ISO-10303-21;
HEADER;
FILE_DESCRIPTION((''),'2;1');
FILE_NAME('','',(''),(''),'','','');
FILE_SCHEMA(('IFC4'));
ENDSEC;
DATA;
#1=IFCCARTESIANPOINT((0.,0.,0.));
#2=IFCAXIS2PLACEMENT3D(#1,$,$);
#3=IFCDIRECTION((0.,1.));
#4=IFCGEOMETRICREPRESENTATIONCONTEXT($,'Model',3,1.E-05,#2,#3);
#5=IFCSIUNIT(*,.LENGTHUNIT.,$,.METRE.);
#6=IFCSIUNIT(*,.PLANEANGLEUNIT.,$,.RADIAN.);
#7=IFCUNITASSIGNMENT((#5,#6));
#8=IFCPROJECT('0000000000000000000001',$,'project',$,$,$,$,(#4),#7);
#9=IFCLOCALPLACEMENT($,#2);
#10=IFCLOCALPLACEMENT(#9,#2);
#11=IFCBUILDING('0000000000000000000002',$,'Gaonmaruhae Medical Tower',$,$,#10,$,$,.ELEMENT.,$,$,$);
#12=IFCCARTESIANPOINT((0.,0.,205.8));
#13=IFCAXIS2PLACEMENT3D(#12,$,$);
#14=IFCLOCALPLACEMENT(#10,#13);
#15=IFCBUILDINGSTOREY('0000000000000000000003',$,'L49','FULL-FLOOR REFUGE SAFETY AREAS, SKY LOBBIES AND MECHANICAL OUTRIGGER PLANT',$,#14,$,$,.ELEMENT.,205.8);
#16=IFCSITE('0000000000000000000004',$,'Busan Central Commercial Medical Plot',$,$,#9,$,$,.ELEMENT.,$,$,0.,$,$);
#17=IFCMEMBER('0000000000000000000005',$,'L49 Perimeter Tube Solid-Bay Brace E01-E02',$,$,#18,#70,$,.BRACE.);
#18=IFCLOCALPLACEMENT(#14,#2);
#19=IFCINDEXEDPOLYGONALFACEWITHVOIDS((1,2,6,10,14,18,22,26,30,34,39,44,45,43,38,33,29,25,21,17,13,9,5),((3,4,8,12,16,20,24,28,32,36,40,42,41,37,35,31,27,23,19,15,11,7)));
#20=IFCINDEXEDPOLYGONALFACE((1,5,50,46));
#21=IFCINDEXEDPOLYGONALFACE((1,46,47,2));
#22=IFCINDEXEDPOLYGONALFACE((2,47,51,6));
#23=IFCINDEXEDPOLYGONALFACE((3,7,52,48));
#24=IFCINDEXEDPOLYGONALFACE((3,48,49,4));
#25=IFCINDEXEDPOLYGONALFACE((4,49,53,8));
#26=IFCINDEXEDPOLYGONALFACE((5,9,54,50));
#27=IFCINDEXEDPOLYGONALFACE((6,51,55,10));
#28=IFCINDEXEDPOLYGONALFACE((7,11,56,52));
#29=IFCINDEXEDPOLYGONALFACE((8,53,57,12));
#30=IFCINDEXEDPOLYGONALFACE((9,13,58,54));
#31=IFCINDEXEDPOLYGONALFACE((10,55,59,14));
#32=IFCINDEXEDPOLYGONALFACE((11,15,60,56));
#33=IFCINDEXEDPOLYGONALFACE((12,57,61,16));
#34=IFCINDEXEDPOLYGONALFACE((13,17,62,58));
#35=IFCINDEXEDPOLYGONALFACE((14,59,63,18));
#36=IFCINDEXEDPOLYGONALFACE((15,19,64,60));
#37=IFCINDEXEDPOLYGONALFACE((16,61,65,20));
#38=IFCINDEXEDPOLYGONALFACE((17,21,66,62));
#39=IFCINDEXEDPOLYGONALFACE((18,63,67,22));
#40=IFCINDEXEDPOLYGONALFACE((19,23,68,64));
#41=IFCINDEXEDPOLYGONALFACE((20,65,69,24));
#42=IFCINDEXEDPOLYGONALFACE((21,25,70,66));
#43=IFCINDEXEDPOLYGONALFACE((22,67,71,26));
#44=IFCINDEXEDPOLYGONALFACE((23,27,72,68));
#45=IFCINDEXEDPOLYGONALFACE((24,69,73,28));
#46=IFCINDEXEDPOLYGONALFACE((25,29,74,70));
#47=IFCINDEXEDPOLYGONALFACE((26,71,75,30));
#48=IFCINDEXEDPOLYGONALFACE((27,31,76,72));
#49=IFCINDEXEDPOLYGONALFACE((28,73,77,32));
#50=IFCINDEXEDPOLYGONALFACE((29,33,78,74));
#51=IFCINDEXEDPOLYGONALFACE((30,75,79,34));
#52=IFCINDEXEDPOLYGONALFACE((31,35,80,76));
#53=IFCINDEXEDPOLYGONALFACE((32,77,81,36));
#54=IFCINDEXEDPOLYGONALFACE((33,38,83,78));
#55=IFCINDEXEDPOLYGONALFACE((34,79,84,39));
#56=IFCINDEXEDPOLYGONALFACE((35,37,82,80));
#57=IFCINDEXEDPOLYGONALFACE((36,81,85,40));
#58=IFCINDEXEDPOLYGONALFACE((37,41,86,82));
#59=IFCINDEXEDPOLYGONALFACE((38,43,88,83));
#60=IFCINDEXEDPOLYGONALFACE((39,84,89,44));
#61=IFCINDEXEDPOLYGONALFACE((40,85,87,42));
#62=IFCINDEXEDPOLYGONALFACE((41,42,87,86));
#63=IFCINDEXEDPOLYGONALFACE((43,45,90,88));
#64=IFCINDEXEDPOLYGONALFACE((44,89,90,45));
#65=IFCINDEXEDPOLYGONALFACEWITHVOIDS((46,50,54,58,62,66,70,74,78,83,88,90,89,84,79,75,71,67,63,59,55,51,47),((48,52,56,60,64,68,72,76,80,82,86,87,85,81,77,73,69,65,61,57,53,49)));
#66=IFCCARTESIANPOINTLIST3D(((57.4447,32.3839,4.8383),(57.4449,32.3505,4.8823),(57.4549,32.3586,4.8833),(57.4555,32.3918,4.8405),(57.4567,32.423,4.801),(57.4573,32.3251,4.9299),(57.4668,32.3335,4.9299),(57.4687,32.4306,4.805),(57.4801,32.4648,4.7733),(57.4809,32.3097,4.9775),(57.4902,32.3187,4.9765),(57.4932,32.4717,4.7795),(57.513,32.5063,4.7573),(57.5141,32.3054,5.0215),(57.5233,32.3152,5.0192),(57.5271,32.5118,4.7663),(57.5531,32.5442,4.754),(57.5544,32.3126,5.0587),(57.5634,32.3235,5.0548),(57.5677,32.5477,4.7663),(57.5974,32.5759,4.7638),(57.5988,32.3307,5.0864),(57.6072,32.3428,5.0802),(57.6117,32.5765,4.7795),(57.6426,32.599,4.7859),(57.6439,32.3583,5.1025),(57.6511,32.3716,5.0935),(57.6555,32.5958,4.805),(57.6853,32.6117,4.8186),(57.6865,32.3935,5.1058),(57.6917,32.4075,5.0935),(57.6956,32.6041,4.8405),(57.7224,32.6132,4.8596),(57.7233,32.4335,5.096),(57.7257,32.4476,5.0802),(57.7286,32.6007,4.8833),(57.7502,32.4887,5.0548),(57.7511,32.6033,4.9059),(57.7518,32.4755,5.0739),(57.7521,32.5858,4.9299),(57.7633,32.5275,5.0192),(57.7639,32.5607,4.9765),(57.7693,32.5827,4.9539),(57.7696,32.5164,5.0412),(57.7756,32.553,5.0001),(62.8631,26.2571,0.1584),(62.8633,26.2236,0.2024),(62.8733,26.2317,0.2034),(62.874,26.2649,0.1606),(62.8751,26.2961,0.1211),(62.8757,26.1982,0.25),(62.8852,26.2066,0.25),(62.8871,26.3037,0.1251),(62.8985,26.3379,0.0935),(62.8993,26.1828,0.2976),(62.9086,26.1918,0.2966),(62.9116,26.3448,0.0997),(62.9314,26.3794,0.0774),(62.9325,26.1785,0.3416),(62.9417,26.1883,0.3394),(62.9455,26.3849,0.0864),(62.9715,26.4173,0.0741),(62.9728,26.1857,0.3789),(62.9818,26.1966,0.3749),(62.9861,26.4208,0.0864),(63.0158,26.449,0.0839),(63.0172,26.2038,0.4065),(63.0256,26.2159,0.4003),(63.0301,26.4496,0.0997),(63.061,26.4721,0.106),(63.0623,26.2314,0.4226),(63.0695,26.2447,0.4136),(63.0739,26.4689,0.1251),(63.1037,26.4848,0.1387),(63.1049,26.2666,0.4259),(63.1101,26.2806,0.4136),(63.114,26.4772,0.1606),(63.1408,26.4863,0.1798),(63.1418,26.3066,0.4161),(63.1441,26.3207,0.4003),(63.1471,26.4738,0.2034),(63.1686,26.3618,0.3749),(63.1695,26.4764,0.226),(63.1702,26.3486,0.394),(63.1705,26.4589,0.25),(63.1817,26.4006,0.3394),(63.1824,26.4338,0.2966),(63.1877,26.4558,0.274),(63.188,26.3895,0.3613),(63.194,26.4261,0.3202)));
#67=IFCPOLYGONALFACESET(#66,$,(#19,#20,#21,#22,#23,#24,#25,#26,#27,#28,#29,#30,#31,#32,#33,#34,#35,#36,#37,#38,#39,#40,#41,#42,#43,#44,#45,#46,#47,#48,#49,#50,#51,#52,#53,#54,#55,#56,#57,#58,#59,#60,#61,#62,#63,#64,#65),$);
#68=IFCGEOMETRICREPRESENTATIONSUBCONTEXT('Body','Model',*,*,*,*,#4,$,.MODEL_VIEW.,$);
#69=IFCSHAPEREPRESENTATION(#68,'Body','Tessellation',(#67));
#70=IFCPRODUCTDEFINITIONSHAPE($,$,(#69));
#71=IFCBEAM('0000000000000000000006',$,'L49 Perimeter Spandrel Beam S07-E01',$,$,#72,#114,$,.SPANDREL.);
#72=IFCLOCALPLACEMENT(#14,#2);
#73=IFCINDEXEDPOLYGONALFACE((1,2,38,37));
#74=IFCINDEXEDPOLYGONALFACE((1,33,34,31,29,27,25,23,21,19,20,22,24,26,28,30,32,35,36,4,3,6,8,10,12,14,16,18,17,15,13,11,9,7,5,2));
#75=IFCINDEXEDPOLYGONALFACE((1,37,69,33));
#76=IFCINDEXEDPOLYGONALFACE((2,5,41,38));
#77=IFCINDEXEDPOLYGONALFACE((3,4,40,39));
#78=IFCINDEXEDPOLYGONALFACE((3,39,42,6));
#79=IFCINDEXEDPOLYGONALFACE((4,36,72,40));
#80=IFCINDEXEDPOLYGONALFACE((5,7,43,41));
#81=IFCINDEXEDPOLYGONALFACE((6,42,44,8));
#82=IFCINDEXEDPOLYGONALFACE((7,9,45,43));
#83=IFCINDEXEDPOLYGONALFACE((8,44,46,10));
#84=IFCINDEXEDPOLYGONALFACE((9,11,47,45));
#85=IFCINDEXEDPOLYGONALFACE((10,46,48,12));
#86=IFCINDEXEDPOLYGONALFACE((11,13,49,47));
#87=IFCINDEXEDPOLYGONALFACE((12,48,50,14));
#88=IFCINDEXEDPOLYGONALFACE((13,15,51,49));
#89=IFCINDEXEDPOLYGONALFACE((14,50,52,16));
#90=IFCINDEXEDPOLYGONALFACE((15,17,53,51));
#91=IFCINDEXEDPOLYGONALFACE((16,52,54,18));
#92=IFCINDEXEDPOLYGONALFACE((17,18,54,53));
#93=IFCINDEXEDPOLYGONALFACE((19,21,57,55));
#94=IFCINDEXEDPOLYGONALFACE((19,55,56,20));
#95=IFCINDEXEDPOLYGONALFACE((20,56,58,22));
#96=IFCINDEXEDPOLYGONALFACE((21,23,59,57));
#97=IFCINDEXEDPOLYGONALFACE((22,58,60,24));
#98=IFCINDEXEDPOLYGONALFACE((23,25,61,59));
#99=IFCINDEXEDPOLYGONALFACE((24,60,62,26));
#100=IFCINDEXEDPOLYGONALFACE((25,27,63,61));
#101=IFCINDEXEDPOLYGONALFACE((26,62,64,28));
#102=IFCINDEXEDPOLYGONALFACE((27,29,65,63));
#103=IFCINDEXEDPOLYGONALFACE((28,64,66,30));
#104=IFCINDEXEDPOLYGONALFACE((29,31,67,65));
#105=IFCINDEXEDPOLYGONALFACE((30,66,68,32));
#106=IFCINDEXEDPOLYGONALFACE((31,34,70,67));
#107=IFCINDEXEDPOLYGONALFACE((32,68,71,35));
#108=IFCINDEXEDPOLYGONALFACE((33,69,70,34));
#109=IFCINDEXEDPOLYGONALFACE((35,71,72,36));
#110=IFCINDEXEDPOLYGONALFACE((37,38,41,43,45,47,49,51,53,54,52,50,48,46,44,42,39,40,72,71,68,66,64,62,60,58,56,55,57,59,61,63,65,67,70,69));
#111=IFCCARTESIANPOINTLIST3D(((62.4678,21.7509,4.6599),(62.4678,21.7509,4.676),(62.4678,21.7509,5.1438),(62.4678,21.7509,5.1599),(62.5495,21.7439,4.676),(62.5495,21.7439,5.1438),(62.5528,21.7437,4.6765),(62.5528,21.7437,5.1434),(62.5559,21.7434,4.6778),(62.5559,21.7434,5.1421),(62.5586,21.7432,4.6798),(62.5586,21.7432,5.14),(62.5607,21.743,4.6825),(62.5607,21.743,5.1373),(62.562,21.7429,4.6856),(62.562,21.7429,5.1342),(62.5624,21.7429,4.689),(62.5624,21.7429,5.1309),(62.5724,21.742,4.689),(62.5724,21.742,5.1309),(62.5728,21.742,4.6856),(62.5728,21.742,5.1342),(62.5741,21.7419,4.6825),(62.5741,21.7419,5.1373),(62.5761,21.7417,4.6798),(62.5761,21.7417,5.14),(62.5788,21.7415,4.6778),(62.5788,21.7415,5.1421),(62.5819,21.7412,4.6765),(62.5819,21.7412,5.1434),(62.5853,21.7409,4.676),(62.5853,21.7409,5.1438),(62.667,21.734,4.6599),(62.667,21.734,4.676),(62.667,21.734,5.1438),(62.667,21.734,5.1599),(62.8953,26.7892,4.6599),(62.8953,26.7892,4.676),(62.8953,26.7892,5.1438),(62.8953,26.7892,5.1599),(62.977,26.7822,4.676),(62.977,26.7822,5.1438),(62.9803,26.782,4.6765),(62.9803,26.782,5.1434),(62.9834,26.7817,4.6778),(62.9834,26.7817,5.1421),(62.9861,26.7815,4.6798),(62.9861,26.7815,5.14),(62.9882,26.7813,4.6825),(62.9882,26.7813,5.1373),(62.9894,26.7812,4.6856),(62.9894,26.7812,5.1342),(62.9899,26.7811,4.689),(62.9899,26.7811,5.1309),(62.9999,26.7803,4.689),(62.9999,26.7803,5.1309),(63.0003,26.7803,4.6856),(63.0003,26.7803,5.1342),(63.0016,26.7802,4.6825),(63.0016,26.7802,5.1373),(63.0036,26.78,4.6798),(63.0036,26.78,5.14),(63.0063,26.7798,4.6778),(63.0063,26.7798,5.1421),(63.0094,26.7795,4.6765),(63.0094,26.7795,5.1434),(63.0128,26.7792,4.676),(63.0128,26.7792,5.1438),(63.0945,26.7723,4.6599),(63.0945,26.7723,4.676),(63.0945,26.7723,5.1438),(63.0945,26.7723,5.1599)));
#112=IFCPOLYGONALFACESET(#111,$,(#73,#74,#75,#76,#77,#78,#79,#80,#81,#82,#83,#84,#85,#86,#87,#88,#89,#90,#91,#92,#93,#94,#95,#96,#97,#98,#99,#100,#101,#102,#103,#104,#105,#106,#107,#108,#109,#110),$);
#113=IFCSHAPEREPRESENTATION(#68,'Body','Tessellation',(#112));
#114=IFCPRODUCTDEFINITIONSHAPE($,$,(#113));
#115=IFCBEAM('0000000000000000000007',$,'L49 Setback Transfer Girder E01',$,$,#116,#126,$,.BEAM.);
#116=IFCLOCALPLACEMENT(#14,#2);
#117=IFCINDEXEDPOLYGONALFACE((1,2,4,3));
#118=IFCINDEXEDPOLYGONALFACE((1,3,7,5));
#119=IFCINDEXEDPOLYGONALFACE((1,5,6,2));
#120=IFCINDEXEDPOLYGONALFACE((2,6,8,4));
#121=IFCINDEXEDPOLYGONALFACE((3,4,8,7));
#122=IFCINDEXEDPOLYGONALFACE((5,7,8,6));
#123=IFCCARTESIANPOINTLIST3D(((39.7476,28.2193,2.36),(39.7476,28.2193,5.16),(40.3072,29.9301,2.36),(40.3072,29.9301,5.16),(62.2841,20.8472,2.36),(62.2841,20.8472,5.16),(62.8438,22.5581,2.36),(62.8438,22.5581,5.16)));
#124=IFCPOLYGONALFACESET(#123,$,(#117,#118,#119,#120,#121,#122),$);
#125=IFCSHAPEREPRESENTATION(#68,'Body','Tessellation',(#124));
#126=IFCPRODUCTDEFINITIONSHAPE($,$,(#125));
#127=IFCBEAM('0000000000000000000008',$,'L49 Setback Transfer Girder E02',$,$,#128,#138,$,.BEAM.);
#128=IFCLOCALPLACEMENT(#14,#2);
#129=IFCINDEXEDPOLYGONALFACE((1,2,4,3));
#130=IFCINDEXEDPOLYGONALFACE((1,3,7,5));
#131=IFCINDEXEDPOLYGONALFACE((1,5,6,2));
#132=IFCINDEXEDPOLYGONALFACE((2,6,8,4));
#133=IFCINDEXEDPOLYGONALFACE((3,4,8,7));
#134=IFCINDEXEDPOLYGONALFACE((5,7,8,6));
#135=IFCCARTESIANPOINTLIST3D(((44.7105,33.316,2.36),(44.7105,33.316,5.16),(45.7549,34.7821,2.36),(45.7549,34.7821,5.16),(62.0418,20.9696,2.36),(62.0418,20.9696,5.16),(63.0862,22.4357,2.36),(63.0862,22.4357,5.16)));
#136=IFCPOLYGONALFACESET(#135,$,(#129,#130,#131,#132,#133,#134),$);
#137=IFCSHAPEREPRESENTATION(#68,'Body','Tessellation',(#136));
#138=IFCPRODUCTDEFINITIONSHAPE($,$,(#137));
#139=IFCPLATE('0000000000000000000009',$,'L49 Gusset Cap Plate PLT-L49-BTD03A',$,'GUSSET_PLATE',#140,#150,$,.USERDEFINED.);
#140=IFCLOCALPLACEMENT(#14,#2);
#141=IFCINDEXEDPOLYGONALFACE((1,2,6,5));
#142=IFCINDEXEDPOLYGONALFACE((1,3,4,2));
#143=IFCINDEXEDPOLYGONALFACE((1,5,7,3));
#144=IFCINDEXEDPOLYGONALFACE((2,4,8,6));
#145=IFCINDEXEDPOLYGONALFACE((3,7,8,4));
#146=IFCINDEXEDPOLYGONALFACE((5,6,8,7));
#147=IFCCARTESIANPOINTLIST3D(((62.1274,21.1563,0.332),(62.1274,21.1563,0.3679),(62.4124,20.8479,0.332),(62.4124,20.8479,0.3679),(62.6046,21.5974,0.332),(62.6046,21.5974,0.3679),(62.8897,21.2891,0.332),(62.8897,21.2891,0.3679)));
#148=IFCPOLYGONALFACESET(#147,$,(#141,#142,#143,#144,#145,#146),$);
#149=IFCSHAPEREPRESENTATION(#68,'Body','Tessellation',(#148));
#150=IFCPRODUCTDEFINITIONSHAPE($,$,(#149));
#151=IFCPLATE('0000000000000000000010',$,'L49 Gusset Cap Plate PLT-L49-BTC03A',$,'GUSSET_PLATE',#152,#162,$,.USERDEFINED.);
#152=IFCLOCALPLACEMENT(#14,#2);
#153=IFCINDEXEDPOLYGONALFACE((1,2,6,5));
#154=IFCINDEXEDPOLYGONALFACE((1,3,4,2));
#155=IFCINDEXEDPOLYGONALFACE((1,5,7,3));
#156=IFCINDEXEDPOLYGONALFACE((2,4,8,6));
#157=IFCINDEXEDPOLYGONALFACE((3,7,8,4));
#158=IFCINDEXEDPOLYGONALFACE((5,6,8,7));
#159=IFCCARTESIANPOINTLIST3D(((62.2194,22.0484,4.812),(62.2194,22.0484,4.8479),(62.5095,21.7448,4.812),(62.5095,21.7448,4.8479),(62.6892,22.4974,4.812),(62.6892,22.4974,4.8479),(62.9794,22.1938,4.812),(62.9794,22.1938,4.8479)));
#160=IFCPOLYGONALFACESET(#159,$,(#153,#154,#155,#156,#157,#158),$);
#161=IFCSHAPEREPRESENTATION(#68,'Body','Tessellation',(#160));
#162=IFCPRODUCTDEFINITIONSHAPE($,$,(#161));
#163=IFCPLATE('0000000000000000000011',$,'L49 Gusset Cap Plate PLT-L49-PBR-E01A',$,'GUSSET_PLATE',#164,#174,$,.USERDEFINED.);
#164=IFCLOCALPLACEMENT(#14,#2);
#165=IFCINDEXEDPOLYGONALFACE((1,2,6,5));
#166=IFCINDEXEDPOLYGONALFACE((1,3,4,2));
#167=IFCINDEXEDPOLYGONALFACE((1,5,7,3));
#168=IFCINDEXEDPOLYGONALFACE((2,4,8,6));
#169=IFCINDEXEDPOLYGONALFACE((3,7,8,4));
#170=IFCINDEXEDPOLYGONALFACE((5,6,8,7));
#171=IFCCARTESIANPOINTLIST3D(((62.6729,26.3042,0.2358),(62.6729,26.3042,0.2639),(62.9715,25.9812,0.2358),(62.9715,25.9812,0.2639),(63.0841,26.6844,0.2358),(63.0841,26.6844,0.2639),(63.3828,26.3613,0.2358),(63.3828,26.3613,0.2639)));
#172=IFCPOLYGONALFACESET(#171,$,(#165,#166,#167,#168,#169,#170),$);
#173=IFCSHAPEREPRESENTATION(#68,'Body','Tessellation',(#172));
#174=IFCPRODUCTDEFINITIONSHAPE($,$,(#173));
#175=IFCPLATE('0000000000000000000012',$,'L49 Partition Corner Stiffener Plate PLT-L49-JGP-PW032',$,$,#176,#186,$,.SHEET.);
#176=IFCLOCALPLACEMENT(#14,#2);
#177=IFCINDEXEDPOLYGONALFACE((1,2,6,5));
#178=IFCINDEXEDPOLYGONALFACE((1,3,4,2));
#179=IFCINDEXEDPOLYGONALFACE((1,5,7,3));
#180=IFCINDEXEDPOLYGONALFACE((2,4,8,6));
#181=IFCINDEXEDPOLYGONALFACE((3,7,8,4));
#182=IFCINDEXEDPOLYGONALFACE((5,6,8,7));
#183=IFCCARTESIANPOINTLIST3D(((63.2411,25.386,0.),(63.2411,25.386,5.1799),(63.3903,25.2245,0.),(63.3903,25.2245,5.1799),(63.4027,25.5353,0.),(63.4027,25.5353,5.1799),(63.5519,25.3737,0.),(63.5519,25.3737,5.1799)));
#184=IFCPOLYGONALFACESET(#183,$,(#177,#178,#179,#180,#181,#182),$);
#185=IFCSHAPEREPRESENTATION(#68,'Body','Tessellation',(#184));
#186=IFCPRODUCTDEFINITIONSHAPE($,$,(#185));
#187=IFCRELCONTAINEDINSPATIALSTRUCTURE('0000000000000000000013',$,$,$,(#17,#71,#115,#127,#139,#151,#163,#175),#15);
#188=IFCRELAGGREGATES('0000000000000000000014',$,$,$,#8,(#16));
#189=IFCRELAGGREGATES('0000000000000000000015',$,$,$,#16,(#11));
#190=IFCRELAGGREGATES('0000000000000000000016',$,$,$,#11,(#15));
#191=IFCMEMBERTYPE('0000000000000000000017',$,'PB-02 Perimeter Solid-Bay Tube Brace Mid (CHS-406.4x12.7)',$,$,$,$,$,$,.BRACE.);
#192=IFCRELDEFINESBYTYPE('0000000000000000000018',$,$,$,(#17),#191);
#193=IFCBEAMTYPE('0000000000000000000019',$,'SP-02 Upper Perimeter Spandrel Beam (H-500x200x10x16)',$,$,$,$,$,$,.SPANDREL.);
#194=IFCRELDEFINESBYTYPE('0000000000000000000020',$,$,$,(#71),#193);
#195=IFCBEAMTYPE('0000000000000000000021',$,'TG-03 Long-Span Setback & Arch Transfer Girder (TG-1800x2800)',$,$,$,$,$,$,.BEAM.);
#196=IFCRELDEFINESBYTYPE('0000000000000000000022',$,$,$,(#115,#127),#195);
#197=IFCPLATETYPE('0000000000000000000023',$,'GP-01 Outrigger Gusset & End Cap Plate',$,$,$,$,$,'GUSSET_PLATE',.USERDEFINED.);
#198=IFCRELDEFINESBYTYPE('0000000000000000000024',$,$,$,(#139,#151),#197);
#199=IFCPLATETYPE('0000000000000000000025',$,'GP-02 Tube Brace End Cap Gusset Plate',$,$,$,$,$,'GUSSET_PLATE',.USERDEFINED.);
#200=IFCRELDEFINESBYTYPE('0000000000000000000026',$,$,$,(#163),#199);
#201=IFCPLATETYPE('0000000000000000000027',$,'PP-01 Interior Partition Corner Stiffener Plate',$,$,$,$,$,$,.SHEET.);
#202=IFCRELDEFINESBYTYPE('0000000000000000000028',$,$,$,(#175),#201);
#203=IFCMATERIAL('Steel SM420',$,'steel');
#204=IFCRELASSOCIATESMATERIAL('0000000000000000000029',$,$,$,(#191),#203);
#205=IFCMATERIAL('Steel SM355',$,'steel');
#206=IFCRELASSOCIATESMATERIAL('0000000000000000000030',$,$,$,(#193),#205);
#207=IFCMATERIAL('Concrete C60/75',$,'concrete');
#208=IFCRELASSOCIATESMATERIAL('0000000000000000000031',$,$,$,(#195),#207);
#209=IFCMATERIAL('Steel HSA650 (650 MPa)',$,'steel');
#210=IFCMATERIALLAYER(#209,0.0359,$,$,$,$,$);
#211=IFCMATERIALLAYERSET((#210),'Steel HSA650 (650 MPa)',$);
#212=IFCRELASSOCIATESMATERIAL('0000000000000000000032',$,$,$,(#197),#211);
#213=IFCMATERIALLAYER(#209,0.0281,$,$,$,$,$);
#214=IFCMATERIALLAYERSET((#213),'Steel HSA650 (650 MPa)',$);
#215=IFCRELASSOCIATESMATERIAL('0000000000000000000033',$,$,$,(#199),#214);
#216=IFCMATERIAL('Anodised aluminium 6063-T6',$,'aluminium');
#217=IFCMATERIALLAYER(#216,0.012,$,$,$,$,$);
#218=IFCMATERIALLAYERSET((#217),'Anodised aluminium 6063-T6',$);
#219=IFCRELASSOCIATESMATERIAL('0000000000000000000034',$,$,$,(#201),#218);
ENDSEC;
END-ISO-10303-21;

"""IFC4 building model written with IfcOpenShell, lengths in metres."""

from ifc_helpers import new_model, si_unit, direction, frame, origin, origin_2d, place, context, subcontext, project, spatial, rectangle, hollow_circle, i_section, extrude, material, layer, layer_set, material_profile, profile_set, type_object, element, save


model = new_model("IFC4")

# Units and contexts
model_context = context("Model", 3, precision=1e-05, world=origin(), true_north=direction((0.0, 1.0)))
body_context = subcontext(model_context, "Body", "Model", "MODEL_VIEW")
ifc_project = project(units=[si_unit("LENGTHUNIT", "METRE"), si_unit("PLANEANGLEUNIT", "RADIAN")], contexts=[model_context])

# Site, building, storey
site_placement = place(None, origin())
site = spatial("IfcSite", under=ifc_project, at=site_placement, Name="Busan Central Commercial Medical Plot", CompositionType="ELEMENT", RefElevation=0.0)
building_placement = place(site_placement, origin())
building = spatial("IfcBuilding", under=site, at=building_placement, Name="Gaonmaruhae Medical Tower", CompositionType="ELEMENT")
storey_placement = place(building_placement, frame((0.0, 0.0, 205.8)))
storey = spatial("IfcBuildingStorey", under=building, at=storey_placement, Name="L49", Description="FULL-FLOOR REFUGE SAFETY AREAS, SKY LOBBIES AND MECHANICAL OUTRIGGER PLANT", CompositionType="ELEMENT", Elevation=205.8)

# Shared definitions
ifc_material_1 = material(Name="Concrete C60/75", Category="concrete")

# Shared definitions
ifc_material_2 = material(Name="Steel HSA650 (650 MPa)", Category="steel")

# Shared definitions
ifc_material_3 = material(Name="Steel SM355", Category="steel")

# Member
ifc_material_4 = material(Name="Steel SM420", Category="steel")
ifc_material_profile_1 = material_profile(ifc_material_4, hollow_circle(Radius=0.2031, WallThickness=0.0127, at=origin_2d()), Name="CHS-406.4x12.7")
ifc_profile_set_1 = profile_set([ifc_material_profile_1], Name="Steel SM420")
member_type_1 = type_object("IfcMemberType", Name="PB-02 Perimeter Solid-Bay Tube Brace Mid (CHS-406.4x12.7)", PredefinedType="BRACE", material=ifc_profile_set_1)
member_1_placement = place(storey_placement, frame((63.0278, 26.3328, 0.25), z_axis=(-0.574999, 0.650183, 0.496627), x_axis=(-0.74909, -0.662468, 0.0)))
element("IfcMember", 1, at=member_1_placement, inside=storey, type_object=member_type_1, Name="L49 Perimeter Tube Solid-Bay Brace E01-E02", PredefinedType="BRACE", context=body_context, shape_type="SweptSolid", body=[
    extrude(hollow_circle(Radius=0.2031, WallThickness=0.0127, at=origin_2d()), origin(), (0.0, 0.0, 1.0), 9.4233),
])

# Beams
ifc_material_profile_2 = material_profile(ifc_material_3, i_section(OverallWidth=0.2, OverallDepth=0.5, WebThickness=0.01, FlangeThickness=0.0161, FilletRadius=0.0129, at=origin_2d()), Name="H-500x200x10x16")
ifc_profile_set_2 = profile_set([ifc_material_profile_2], Name="Steel SM355")
beam_type_1 = type_object("IfcBeamType", Name="SP-02 Upper Perimeter Spandrel Beam (H-500x200x10x16)", PredefinedType="SPANDREL", material=ifc_profile_set_2)
beam_1_placement = place(storey_placement, frame((62.5674, 21.7424, 4.9099), z_axis=(0.084544, 0.99642, 0.0), x_axis=(-0.99642, 0.084544, 0.0)))
element("IfcBeam", 2, at=beam_1_placement, inside=storey, type_object=beam_type_1, Name="L49 Perimeter Spandrel Beam S07-E01", PredefinedType="SPANDREL", context=body_context, shape_type="SweptSolid", body=[
    extrude(i_section(OverallWidth=0.2, OverallDepth=0.5, WebThickness=0.01, FlangeThickness=0.0161, FilletRadius=0.0129, at=origin_2d()), origin(), (0.0, 0.0, 1.0), 5.0564),
])
ifc_material_profile_3 = material_profile(ifc_material_1, rectangle(XDim=1.8, YDim=2.8, at=origin_2d()), Name="TG-1800x2800")
ifc_profile_set_3 = profile_set([ifc_material_profile_3], Name="Concrete C60/75")
beam_type_2 = type_object("IfcBeamType", Name="TG-03 Long-Span Setback & Arch Transfer Girder (TG-1800x2800)", PredefinedType="BEAM", material=ifc_profile_set_3)
beam_2_placement = place(storey_placement, frame((62.564, 21.7026, 3.76), z_axis=(-0.950441, 0.310904, 0.0), x_axis=(-0.310904, -0.950441, 0.0)))
element("IfcBeam", 3, at=beam_2_placement, inside=storey, type_object=beam_type_2, Name="L49 Setback Transfer Girder E01", PredefinedType="BEAM", context=body_context, shape_type="SweptSolid", body=[
    extrude(rectangle(XDim=1.8, YDim=2.8, at=origin_2d()), origin(), (0.0, 0.0, 1.0), 23.7117),
])
beam_3_placement = place(storey_placement, frame((62.564, 21.7026, 3.76), z_axis=(-0.814468, 0.580209, 0.0), x_axis=(-0.580209, -0.814468, 0.0)))
element("IfcBeam", 4, at=beam_3_placement, inside=storey, type_object=beam_type_2, Name="L49 Setback Transfer Girder E02", PredefinedType="BEAM", context=body_context, shape_type="SweptSolid", body=[
    extrude(rectangle(XDim=1.8, YDim=2.8, at=origin_2d()), origin(), (0.0, 0.0, 1.0), 21.2793),
])

# Plates
ifc_layer_1 = layer(ifc_material_2, 0.0359)
ifc_layer_set_1 = layer_set([ifc_layer_1], Name="Steel HSA650 (650 MPa)")
plate_type_1 = type_object("IfcPlateType", Name="GP-01 Outrigger Gusset & End Cap Plate", ElementType="GUSSET_PLATE", PredefinedType="USERDEFINED", material=ifc_layer_set_1)
for number, where, z_axis, x_axis, name in (
    (5, (62.5085, 21.2227, 0.332), (0.0, 0.0, 1.0), (0.734323, 0.678801, 0.0), "L49 Gusset Cap Plate PLT-L49-BTD03A"),
    (6, (62.5994, 22.1211, 4.812), (0.0, 0.0, 1.0), (0.722967, 0.690882, 0.0), "L49 Gusset Cap Plate PLT-L49-BTC03A"),
):
    element("IfcPlate", number, at=place(storey_placement, frame(where, z_axis=z_axis, x_axis=x_axis)), inside=storey, type_object=plate_type_1, Name=name, ObjectType="GUSSET_PLATE", PredefinedType="USERDEFINED", context=body_context, shape_type="SweptSolid", body=[
        extrude(rectangle(XDim=0.6499, YDim=0.4199, at=origin_2d()), origin(), (0.0, 0.0, 1.0), 0.0359),
    ])
ifc_layer_2 = layer(ifc_material_2, 0.0281)
ifc_layer_set_2 = layer_set([ifc_layer_2], Name="Steel HSA650 (650 MPa)")
plate_type_2 = type_object("IfcPlateType", Name="GP-02 Tube Brace End Cap Gusset Plate", ElementType="GUSSET_PLATE", PredefinedType="USERDEFINED", material=ifc_layer_set_2)
plate_1_placement = place(storey_placement, frame((63.0278, 26.3328, 0.2358), z_axis=(0.0, 0.0, 1.0), x_axis=(0.734323, 0.678801, 0.0)))
element("IfcPlate", 7, at=plate_1_placement, inside=storey, type_object=plate_type_2, Name="L49 Gusset Cap Plate PLT-L49-PBR-E01A", ObjectType="GUSSET_PLATE", PredefinedType="USERDEFINED", context=body_context, shape_type="SweptSolid", body=[
    extrude(rectangle(XDim=0.5601, YDim=0.4399, at=origin_2d()), origin(), (0.0, 0.0, 1.0), 0.0281),
])
ifc_material_5 = material(Name="Anodised aluminium 6063-T6", Category="aluminium")
ifc_layer_3 = layer(ifc_material_5, 0.012)
ifc_layer_set_3 = layer_set([ifc_layer_3], Name="Anodised aluminium 6063-T6")
plate_type_3 = type_object("IfcPlateType", Name="PP-01 Interior Partition Corner Stiffener Plate", PredefinedType="SHEET", material=ifc_layer_set_3)
plate_2_placement = place(storey_placement, frame((63.3965, 25.3799, 0.0), z_axis=(0.0, 0.0, 1.0), x_axis=(-0.734583, -0.678519, 0.0)))
element("IfcPlate", 8, at=plate_2_placement, inside=storey, type_object=plate_type_3, Name="L49 Partition Corner Stiffener Plate PLT-L49-JGP-PW032", PredefinedType="SHEET", context=body_context, shape_type="SweptSolid", body=[
    extrude(rectangle(XDim=0.22, YDim=0.22, at=origin_2d()), origin(), (0.0, 0.0, 1.0), 5.1799),
])

save(model, "model.ifc")
